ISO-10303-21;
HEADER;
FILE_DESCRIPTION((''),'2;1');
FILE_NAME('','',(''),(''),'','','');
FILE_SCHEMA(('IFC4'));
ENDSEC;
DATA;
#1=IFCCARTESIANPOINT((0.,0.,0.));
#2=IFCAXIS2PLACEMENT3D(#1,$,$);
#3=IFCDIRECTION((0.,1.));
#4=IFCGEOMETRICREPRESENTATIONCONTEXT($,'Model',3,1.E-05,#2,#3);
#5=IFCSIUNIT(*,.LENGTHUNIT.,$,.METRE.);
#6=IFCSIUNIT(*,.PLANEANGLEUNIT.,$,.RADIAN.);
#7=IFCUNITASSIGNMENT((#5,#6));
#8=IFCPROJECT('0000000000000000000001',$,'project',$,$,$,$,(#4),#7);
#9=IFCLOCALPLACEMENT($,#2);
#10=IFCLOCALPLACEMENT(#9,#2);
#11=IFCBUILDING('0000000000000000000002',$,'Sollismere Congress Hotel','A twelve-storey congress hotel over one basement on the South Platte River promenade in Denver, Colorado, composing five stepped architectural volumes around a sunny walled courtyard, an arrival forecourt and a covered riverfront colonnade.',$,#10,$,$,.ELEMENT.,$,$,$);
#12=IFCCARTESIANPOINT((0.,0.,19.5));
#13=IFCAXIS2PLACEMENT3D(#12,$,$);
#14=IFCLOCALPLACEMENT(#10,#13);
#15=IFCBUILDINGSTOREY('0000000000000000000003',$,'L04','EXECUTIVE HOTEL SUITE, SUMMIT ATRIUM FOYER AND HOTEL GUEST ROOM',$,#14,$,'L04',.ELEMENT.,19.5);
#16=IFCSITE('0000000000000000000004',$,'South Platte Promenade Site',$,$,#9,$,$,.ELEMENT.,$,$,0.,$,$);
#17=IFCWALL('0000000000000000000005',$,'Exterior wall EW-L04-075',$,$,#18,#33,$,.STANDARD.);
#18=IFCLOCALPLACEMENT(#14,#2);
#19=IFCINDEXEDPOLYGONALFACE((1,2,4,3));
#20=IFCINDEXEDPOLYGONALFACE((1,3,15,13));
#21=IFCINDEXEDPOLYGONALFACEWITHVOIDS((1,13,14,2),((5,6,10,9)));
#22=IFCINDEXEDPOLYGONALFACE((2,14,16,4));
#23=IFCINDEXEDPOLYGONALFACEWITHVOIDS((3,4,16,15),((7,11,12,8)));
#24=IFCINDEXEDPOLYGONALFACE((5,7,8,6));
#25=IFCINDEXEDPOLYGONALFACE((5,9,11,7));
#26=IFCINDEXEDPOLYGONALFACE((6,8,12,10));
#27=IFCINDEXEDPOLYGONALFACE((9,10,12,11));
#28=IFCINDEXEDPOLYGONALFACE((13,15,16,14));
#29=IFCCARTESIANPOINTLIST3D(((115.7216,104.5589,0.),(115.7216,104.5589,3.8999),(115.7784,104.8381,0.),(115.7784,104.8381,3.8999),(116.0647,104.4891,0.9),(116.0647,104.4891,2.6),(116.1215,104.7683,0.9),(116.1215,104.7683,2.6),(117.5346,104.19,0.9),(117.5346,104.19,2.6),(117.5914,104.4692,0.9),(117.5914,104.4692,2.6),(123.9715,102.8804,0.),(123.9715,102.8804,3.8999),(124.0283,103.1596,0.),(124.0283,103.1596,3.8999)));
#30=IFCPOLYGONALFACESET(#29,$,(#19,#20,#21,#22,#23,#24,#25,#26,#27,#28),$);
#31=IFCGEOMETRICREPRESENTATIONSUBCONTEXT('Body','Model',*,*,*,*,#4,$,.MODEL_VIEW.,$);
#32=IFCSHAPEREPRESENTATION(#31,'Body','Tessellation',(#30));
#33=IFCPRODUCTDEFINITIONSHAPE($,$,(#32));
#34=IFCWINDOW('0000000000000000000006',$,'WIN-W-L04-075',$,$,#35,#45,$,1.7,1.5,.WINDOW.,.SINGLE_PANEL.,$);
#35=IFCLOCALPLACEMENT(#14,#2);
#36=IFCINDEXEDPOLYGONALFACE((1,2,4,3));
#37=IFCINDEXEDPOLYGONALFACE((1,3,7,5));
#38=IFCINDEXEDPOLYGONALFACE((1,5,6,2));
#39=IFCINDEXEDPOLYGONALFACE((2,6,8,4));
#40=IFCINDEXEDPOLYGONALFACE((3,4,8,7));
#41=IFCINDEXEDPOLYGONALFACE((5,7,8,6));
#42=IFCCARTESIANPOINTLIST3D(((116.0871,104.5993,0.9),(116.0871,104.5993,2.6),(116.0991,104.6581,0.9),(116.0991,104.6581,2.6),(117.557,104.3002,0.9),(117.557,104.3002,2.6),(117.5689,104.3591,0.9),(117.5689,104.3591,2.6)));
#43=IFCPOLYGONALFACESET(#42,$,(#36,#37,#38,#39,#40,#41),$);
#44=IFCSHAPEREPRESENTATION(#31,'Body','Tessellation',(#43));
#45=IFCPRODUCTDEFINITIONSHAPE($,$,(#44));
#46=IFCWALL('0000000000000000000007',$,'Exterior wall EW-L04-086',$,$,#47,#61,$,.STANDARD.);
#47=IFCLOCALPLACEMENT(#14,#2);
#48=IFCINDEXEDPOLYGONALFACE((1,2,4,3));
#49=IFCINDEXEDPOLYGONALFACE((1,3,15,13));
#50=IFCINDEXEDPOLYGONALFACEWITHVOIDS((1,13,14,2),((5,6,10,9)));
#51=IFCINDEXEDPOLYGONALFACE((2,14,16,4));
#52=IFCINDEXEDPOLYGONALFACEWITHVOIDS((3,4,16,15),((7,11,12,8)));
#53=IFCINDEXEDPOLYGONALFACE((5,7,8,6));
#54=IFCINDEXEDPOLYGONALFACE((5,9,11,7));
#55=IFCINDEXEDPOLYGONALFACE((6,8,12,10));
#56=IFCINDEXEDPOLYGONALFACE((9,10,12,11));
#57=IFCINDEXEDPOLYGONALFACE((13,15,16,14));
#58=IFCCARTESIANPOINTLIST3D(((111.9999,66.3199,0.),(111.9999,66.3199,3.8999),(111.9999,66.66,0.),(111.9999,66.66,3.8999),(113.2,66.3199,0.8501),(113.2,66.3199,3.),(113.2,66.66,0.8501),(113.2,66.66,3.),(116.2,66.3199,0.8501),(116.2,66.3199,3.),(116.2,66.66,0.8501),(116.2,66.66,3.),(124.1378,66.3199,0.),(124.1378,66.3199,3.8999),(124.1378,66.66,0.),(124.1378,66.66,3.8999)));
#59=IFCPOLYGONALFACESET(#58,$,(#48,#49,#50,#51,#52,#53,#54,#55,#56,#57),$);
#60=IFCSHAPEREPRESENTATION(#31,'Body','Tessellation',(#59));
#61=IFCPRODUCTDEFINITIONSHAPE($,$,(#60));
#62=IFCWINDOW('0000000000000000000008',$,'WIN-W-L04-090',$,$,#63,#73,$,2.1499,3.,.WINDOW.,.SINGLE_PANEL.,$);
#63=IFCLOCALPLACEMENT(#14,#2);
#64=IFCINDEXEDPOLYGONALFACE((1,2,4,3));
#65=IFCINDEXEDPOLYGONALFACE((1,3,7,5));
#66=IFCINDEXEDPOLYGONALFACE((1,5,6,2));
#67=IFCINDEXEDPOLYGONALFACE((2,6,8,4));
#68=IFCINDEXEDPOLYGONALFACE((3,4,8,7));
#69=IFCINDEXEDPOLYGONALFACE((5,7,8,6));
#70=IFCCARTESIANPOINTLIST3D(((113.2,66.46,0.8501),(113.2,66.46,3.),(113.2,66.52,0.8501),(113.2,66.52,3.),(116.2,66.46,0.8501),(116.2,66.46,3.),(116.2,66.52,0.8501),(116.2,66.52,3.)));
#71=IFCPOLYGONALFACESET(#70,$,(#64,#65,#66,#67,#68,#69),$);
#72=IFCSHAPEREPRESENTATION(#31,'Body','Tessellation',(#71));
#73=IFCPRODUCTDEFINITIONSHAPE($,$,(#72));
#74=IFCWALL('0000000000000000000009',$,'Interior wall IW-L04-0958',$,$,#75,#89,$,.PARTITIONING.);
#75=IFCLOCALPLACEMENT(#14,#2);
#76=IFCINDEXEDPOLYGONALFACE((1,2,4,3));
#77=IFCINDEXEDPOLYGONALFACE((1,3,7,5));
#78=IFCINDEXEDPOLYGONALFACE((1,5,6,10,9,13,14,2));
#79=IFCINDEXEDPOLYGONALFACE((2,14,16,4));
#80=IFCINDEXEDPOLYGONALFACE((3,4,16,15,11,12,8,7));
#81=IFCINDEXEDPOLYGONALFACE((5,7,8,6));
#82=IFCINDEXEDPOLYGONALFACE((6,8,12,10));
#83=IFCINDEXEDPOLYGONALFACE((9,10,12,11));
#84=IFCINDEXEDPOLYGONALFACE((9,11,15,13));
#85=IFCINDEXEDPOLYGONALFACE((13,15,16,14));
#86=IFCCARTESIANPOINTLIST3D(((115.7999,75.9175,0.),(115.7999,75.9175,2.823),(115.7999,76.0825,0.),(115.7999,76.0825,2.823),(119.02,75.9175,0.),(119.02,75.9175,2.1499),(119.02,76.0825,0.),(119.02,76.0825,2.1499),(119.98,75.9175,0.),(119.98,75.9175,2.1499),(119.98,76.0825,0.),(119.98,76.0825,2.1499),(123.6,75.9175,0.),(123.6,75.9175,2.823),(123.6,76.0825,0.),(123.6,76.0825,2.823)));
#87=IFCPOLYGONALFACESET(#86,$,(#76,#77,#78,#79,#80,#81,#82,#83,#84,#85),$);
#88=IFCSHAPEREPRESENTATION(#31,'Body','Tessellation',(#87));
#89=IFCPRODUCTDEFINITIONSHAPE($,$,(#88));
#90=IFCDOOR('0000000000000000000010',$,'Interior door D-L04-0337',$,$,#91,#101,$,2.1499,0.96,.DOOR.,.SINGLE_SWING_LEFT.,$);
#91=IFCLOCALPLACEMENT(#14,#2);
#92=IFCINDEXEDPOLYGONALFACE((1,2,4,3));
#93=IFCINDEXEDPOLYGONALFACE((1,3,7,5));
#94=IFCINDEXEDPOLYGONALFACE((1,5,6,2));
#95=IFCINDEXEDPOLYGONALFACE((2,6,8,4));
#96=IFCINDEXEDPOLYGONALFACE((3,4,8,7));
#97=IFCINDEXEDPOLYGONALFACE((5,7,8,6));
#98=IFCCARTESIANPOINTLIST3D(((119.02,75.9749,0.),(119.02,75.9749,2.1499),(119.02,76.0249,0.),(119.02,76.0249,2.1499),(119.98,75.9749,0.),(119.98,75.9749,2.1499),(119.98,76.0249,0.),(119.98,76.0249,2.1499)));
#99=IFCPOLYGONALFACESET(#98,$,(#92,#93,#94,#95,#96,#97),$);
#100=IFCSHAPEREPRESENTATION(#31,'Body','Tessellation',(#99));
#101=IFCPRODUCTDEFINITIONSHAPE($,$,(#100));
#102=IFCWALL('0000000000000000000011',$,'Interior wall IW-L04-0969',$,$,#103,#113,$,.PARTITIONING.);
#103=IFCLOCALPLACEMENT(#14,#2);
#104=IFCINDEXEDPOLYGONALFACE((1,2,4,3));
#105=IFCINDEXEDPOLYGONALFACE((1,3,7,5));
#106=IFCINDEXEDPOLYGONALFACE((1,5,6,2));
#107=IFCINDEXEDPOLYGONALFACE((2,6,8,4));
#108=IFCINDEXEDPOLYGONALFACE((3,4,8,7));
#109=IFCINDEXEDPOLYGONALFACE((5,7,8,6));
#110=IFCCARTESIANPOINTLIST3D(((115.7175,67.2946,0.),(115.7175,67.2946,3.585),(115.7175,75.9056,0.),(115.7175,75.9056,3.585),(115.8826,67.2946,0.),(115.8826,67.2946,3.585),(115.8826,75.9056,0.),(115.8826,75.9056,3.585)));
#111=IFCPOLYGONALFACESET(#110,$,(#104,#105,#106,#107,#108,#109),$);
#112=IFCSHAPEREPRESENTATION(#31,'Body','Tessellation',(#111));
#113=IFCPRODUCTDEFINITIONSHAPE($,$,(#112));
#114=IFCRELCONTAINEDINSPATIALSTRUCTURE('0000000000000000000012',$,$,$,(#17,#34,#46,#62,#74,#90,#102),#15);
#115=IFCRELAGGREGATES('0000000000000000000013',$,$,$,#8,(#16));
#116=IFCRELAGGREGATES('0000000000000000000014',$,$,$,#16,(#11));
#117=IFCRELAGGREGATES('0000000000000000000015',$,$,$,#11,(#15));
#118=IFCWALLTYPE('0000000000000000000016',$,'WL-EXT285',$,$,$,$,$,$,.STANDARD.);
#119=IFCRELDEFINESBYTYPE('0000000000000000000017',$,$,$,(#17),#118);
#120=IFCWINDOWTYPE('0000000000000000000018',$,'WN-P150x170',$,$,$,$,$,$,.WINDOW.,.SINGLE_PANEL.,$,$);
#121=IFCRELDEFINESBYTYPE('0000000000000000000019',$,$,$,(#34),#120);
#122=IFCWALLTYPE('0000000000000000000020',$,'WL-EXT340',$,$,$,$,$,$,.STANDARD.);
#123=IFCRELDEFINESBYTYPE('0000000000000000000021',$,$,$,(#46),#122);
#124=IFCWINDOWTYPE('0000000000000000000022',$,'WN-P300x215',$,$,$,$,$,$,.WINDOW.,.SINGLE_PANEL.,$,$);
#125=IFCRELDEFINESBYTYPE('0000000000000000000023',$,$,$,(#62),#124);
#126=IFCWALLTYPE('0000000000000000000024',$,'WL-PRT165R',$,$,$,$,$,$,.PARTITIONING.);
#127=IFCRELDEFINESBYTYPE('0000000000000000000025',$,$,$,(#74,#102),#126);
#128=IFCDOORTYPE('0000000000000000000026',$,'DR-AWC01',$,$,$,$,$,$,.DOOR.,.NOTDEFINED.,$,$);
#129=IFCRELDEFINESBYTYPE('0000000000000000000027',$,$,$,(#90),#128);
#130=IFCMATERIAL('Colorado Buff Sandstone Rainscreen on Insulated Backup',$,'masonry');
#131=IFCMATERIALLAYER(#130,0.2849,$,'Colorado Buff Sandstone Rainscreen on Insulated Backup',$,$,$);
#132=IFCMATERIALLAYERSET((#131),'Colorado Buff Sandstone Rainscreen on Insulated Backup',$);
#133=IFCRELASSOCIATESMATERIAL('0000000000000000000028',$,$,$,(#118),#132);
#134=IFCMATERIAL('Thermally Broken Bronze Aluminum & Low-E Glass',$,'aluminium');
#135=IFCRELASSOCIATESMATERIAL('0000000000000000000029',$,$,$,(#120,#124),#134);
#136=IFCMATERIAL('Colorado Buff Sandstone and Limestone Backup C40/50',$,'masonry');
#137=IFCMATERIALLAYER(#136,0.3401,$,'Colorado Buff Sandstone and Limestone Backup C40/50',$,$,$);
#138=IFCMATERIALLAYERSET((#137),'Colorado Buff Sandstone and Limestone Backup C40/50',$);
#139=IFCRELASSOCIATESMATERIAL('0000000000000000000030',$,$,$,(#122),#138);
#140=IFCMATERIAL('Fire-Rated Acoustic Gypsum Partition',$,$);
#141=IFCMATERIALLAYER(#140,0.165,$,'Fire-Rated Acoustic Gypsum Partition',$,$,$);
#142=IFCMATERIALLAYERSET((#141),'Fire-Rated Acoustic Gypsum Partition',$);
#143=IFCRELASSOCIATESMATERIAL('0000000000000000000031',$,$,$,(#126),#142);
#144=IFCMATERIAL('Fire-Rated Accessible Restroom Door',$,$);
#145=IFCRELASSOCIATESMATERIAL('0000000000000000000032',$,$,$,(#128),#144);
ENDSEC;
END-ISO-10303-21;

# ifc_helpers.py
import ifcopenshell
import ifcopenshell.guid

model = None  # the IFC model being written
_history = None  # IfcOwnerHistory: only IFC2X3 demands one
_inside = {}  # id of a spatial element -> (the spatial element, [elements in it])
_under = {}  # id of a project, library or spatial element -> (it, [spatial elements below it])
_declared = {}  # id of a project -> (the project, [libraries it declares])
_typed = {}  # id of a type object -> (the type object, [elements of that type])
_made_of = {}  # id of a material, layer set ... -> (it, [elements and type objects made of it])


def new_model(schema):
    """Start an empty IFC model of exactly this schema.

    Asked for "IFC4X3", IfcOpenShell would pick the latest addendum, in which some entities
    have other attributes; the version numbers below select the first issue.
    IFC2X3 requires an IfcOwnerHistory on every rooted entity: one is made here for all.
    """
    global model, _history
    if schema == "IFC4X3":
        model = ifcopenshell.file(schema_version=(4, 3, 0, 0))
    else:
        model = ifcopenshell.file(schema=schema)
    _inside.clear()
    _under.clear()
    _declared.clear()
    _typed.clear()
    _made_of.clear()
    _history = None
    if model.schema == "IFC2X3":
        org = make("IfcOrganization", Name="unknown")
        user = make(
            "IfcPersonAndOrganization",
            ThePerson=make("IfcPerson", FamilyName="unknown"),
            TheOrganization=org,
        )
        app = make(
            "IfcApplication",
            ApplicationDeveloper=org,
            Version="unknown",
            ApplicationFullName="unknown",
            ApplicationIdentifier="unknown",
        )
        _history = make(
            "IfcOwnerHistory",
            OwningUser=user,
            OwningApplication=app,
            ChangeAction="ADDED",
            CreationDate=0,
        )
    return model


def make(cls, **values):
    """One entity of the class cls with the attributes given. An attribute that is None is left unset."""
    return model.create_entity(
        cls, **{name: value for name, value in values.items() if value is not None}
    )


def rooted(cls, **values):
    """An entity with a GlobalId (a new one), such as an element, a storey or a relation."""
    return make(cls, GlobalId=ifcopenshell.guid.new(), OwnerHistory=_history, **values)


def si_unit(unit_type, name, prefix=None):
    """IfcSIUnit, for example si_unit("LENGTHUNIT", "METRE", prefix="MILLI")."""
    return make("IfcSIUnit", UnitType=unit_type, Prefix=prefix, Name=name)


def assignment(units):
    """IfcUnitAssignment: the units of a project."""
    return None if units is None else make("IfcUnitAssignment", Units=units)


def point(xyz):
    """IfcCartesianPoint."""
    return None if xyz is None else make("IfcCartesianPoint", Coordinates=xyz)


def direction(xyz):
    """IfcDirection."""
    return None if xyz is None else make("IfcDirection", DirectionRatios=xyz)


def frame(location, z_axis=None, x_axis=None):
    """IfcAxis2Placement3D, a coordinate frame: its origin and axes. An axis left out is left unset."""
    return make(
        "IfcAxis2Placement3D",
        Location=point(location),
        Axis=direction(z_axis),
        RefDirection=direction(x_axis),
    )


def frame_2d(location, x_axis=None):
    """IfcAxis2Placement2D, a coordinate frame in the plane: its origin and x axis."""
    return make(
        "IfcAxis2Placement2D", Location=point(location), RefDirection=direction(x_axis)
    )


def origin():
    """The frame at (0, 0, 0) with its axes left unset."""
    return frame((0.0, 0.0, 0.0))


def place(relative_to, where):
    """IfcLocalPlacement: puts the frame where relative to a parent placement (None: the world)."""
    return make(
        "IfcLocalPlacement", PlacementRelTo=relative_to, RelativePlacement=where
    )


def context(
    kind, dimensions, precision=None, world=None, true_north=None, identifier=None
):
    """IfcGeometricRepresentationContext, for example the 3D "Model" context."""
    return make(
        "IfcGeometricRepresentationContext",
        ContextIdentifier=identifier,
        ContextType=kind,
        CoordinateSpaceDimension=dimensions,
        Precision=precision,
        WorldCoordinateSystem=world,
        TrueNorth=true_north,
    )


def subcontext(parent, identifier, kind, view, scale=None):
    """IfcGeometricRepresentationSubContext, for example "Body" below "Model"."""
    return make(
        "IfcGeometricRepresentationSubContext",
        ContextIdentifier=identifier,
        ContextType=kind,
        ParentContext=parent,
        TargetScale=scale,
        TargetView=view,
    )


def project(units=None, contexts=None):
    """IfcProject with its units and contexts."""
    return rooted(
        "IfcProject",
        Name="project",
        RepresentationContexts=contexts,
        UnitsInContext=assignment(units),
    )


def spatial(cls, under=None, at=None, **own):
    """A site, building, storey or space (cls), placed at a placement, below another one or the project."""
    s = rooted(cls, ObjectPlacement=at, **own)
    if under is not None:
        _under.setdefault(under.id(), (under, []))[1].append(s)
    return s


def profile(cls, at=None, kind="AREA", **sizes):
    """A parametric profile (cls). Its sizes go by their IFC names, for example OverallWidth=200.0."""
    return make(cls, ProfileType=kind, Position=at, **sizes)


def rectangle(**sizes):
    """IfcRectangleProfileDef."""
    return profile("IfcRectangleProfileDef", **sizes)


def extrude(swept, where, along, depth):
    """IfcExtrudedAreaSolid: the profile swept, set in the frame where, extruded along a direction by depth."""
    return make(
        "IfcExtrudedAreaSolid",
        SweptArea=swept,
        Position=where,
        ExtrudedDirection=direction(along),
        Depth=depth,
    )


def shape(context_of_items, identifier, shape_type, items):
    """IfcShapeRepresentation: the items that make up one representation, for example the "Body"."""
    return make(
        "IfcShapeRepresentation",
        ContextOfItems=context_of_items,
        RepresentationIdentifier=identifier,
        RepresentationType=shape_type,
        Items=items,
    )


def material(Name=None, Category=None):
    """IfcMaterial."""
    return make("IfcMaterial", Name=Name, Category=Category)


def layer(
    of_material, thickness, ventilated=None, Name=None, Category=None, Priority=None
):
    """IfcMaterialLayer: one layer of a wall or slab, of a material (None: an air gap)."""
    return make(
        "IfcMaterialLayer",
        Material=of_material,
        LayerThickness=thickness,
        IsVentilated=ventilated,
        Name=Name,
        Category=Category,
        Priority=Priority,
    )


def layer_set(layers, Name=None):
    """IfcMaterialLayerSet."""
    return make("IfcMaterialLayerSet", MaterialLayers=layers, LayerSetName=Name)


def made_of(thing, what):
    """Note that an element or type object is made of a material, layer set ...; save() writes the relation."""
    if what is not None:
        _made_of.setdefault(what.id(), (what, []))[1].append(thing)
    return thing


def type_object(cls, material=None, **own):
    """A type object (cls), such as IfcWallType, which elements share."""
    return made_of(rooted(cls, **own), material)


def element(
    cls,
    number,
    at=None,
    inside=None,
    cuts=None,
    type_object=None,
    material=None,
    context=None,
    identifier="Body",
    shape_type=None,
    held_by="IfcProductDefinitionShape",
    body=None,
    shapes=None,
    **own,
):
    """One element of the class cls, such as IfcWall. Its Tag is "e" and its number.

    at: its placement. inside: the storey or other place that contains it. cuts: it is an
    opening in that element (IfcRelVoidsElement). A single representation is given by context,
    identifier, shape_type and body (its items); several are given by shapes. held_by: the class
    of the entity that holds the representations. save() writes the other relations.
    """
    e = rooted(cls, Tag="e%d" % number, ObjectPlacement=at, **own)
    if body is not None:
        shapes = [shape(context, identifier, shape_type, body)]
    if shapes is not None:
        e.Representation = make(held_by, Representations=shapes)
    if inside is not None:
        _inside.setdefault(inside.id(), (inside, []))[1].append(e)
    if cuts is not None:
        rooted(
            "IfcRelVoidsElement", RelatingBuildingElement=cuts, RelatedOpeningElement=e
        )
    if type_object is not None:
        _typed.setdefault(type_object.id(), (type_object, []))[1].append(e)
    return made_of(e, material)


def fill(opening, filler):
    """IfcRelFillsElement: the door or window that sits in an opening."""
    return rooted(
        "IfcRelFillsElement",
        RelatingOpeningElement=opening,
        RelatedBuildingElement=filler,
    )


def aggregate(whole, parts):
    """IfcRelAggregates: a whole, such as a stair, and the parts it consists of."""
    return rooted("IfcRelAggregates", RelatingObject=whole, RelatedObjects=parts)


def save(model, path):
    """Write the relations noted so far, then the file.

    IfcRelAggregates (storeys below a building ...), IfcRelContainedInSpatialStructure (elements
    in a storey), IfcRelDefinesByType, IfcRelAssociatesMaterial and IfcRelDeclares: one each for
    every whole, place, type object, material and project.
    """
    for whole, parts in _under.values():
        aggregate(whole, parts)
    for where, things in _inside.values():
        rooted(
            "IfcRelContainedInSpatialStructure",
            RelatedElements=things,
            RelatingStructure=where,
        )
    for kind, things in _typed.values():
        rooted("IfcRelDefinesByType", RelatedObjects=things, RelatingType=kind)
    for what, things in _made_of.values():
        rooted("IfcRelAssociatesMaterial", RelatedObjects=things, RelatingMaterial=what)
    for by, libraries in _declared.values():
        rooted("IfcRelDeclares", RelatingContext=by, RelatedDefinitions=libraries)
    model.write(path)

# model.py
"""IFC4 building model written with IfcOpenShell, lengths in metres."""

from ifc_helpers import new_model, si_unit, direction, frame, frame_2d, origin, place, context, subcontext, project, spatial, rectangle, extrude, material, layer, layer_set, type_object, element, fill, save


model = new_model("IFC4")

# Units and contexts
model_context = context("Model", 3, precision=1e-05, world=origin(), true_north=direction((0.0, 1.0)))
body_context = subcontext(model_context, "Body", "Model", "MODEL_VIEW")
ifc_project = project(units=[si_unit("LENGTHUNIT", "METRE"), si_unit("PLANEANGLEUNIT", "RADIAN")], contexts=[model_context])

# Site, building, storey
site_placement = place(None, origin())
site = spatial("IfcSite", under=ifc_project, at=site_placement, Name="South Platte Promenade Site", CompositionType="ELEMENT", RefElevation=0.0)
building_placement = place(site_placement, origin())
building = spatial("IfcBuilding", under=site, at=building_placement, Name="Sollismere Congress Hotel", Description="A twelve-storey congress hotel over one basement on the South Platte River promenade in Denver, Colorado, composing five stepped architectural volumes around a sunny walled courtyard, an arrival forecourt and a covered riverfront colonnade.", CompositionType="ELEMENT")
storey_placement = place(building_placement, frame((0.0, 0.0, 19.5)))
storey = spatial("IfcBuildingStorey", under=building, at=storey_placement, Name="L04", Description="EXECUTIVE HOTEL SUITE, SUMMIT ATRIUM FOYER AND HOTEL GUEST ROOM", LongName="L04", CompositionType="ELEMENT", Elevation=19.5)

# Walls, openings, windows
ifc_material_1 = material(Name="Colorado Buff Sandstone Rainscreen on Insulated Backup", Category="masonry")
ifc_layer_1 = layer(ifc_material_1, 0.2849, Name="Colorado Buff Sandstone Rainscreen on Insulated Backup")
ifc_layer_set_1 = layer_set([ifc_layer_1], Name="Colorado Buff Sandstone Rainscreen on Insulated Backup")
wall_type_1 = type_object("IfcWallType", Name="WL-EXT285", PredefinedType="STANDARD", material=ifc_layer_set_1)
wall_1_placement = place(storey_placement, frame((115.75, 104.6985, 0.0), z_axis=(0.0, 0.0, 1.0), x_axis=(0.979925, -0.199366, 0.0)))
wall_1 = element("IfcWall", 1, at=wall_1_placement, inside=storey, type_object=wall_type_1, Name="Exterior wall EW-L04-075", PredefinedType="STANDARD", context=body_context, shape_type="SweptSolid", body=[
    extrude(rectangle(XDim=8.4189, YDim=0.2849, at=frame_2d((4.2095, 0.0))), origin(), (0.0, 0.0, 1.0), 3.8999),
])
opening_1_placement = place(wall_1_placement, frame((0.3501, 0.0, 0.8999)))
opening_1 = element("IfcOpeningElement", 2, at=opening_1_placement, cuts=wall_1, PredefinedType="OPENING", context=body_context, shape_type="SweptSolid", body=[
    extrude(rectangle(XDim=1.5, YDim=1.7, at=frame_2d((0.75, 0.8501))), frame((0.0, 0.1523, 0.0), z_axis=(0.0, -1.0, 0.0), x_axis=(1.0, 0.0, 0.0)), (0.0, 0.0, 1.0), 0.3049),
])
ifc_material_2 = material(Name="Thermally Broken Bronze Aluminum & Low-E Glass", Category="aluminium")
window_type_1 = type_object("IfcWindowType", Name="WN-P150x170", PartitioningType="SINGLE_PANEL", PredefinedType="WINDOW", material=ifc_material_2)
window_1_placement = place(opening_1_placement, origin())
window_1 = element("IfcWindow", 3, at=window_1_placement, inside=storey, type_object=window_type_1, Name="WIN-W-L04-075", OverallHeight=1.7, OverallWidth=1.5, PartitioningType="SINGLE_PANEL", PredefinedType="WINDOW", context=body_context, shape_type="SweptSolid", body=[
    extrude(rectangle(XDim=1.5, YDim=1.7, at=frame_2d((0.75, 0.8501))), frame((0.0, 0.03, 0.0), z_axis=(0.0, -1.0, 0.0), x_axis=(1.0, 0.0, 0.0)), (0.0, 0.0, 1.0), 0.0601),
])
fill(opening_1, window_1)
ifc_material_3 = material(Name="Colorado Buff Sandstone and Limestone Backup C40/50", Category="masonry")
ifc_layer_2 = layer(ifc_material_3, 0.3401, Name="Colorado Buff Sandstone and Limestone Backup C40/50")
ifc_layer_set_2 = layer_set([ifc_layer_2], Name="Colorado Buff Sandstone and Limestone Backup C40/50")
wall_type_2 = type_object("IfcWallType", Name="WL-EXT340", PredefinedType="STANDARD", material=ifc_layer_set_2)
wall_2_placement = place(storey_placement, frame((112.0, 66.49, 0.0), z_axis=(0.0, 0.0, 1.0), x_axis=(1.0, 0.0, 0.0)))
wall_2 = element("IfcWall", 4, at=wall_2_placement, inside=storey, type_object=wall_type_2, Name="Exterior wall EW-L04-086", PredefinedType="STANDARD", context=body_context, shape_type="SweptSolid", body=[
    extrude(rectangle(XDim=12.1379, YDim=0.3401, at=frame_2d((6.0688, 0.0))), origin(), (0.0, 0.0, 1.0), 3.8999),
])
opening_2_placement = place(wall_2_placement, frame((1.2, 0.0, 0.8501)))
opening_2 = element("IfcOpeningElement", 5, at=opening_2_placement, cuts=wall_2, PredefinedType="OPENING", context=body_context, shape_type="SweptSolid", body=[
    extrude(rectangle(XDim=3.0, YDim=2.1499, at=frame_2d((1.5, 1.075))), frame((0.0, 0.1799, 0.0), z_axis=(0.0, -1.0, 0.0), x_axis=(1.0, 0.0, 0.0)), (0.0, 0.0, 1.0), 0.3601),
])
window_type_2 = type_object("IfcWindowType", Name="WN-P300x215", PartitioningType="SINGLE_PANEL", PredefinedType="WINDOW", material=ifc_material_2)
window_2_placement = place(opening_2_placement, origin())
window_2 = element("IfcWindow", 6, at=window_2_placement, inside=storey, type_object=window_type_2, Name="WIN-W-L04-090", OverallHeight=2.1499, OverallWidth=3.0, PartitioningType="SINGLE_PANEL", PredefinedType="WINDOW", context=body_context, shape_type="SweptSolid", body=[
    extrude(rectangle(XDim=3.0, YDim=2.1499, at=frame_2d((1.5, 1.075))), frame((0.0, 0.03, 0.0), z_axis=(0.0, -1.0, 0.0), x_axis=(1.0, 0.0, 0.0)), (0.0, 0.0, 1.0), 0.0601),
])
fill(opening_2, window_2)

# Wall, opening, door
ifc_material_4 = material(Name="Fire-Rated Acoustic Gypsum Partition")
ifc_layer_3 = layer(ifc_material_4, 0.165, Name="Fire-Rated Acoustic Gypsum Partition")
ifc_layer_set_3 = layer_set([ifc_layer_3], Name="Fire-Rated Acoustic Gypsum Partition")
wall_type_3 = type_object("IfcWallType", Name="WL-PRT165R", PredefinedType="PARTITIONING", material=ifc_layer_set_3)
wall_3_placement = place(storey_placement, frame((115.8, 76.0, 0.0), z_axis=(0.0, 0.0, 1.0), x_axis=(1.0, 0.0, 0.0)))
wall_3 = element("IfcWall", 7, at=wall_3_placement, inside=storey, type_object=wall_type_3, Name="Interior wall IW-L04-0958", PredefinedType="PARTITIONING", context=body_context, shape_type="SweptSolid", body=[
    extrude(rectangle(XDim=7.8, YDim=0.165, at=frame_2d((3.8999, 0.0))), origin(), (0.0, 0.0, 1.0), 2.823),
])
opening_3_placement = place(wall_3_placement, frame((3.22, 0.0, 0.0)))
opening_3 = element("IfcOpeningElement", 8, at=opening_3_placement, cuts=wall_3, PredefinedType="OPENING", context=body_context, shape_type="SweptSolid", body=[
    extrude(rectangle(XDim=0.96, YDim=2.1499, at=frame_2d((0.48, 1.075))), frame((0.0, 0.0925, 0.0), z_axis=(0.0, -1.0, 0.0), x_axis=(1.0, 0.0, 0.0)), (0.0, 0.0, 1.0), 0.1851),
])
ifc_material_5 = material(Name="Fire-Rated Accessible Restroom Door")
door_type = type_object("IfcDoorType", Name="DR-AWC01", OperationType="NOTDEFINED", PredefinedType="DOOR", material=ifc_material_5)
door_placement = place(opening_3_placement, origin())
door = element("IfcDoor", 9, at=door_placement, inside=storey, type_object=door_type, Name="Interior door D-L04-0337", OperationType="SINGLE_SWING_LEFT", OverallHeight=2.1499, OverallWidth=0.96, PredefinedType="DOOR", context=body_context, shape_type="SweptSolid", body=[
    extrude(rectangle(XDim=0.96, YDim=2.1499, at=frame_2d((0.48, 1.075))), frame((0.0, 0.0249, 0.0), z_axis=(0.0, -1.0, 0.0), x_axis=(1.0, 0.0, 0.0)), (0.0, 0.0, 1.0), 0.05),
])
fill(opening_3, door)

# Wall
wall_4_placement = place(storey_placement, frame((115.8, 67.2944, 0.0), z_axis=(0.0, 0.0, 1.0), x_axis=(0.0, 1.0, 0.0)))
element("IfcWall", 10, at=wall_4_placement, inside=storey, type_object=wall_type_3, Name="Interior wall IW-L04-0969", PredefinedType="PARTITIONING", context=body_context, shape_type="SweptSolid", body=[
    extrude(rectangle(XDim=8.6111, YDim=0.165, at=frame_2d((4.3057, 0.0))), origin(), (0.0, 0.0, 1.0), 3.585),
])

save(model, "model.ifc")
